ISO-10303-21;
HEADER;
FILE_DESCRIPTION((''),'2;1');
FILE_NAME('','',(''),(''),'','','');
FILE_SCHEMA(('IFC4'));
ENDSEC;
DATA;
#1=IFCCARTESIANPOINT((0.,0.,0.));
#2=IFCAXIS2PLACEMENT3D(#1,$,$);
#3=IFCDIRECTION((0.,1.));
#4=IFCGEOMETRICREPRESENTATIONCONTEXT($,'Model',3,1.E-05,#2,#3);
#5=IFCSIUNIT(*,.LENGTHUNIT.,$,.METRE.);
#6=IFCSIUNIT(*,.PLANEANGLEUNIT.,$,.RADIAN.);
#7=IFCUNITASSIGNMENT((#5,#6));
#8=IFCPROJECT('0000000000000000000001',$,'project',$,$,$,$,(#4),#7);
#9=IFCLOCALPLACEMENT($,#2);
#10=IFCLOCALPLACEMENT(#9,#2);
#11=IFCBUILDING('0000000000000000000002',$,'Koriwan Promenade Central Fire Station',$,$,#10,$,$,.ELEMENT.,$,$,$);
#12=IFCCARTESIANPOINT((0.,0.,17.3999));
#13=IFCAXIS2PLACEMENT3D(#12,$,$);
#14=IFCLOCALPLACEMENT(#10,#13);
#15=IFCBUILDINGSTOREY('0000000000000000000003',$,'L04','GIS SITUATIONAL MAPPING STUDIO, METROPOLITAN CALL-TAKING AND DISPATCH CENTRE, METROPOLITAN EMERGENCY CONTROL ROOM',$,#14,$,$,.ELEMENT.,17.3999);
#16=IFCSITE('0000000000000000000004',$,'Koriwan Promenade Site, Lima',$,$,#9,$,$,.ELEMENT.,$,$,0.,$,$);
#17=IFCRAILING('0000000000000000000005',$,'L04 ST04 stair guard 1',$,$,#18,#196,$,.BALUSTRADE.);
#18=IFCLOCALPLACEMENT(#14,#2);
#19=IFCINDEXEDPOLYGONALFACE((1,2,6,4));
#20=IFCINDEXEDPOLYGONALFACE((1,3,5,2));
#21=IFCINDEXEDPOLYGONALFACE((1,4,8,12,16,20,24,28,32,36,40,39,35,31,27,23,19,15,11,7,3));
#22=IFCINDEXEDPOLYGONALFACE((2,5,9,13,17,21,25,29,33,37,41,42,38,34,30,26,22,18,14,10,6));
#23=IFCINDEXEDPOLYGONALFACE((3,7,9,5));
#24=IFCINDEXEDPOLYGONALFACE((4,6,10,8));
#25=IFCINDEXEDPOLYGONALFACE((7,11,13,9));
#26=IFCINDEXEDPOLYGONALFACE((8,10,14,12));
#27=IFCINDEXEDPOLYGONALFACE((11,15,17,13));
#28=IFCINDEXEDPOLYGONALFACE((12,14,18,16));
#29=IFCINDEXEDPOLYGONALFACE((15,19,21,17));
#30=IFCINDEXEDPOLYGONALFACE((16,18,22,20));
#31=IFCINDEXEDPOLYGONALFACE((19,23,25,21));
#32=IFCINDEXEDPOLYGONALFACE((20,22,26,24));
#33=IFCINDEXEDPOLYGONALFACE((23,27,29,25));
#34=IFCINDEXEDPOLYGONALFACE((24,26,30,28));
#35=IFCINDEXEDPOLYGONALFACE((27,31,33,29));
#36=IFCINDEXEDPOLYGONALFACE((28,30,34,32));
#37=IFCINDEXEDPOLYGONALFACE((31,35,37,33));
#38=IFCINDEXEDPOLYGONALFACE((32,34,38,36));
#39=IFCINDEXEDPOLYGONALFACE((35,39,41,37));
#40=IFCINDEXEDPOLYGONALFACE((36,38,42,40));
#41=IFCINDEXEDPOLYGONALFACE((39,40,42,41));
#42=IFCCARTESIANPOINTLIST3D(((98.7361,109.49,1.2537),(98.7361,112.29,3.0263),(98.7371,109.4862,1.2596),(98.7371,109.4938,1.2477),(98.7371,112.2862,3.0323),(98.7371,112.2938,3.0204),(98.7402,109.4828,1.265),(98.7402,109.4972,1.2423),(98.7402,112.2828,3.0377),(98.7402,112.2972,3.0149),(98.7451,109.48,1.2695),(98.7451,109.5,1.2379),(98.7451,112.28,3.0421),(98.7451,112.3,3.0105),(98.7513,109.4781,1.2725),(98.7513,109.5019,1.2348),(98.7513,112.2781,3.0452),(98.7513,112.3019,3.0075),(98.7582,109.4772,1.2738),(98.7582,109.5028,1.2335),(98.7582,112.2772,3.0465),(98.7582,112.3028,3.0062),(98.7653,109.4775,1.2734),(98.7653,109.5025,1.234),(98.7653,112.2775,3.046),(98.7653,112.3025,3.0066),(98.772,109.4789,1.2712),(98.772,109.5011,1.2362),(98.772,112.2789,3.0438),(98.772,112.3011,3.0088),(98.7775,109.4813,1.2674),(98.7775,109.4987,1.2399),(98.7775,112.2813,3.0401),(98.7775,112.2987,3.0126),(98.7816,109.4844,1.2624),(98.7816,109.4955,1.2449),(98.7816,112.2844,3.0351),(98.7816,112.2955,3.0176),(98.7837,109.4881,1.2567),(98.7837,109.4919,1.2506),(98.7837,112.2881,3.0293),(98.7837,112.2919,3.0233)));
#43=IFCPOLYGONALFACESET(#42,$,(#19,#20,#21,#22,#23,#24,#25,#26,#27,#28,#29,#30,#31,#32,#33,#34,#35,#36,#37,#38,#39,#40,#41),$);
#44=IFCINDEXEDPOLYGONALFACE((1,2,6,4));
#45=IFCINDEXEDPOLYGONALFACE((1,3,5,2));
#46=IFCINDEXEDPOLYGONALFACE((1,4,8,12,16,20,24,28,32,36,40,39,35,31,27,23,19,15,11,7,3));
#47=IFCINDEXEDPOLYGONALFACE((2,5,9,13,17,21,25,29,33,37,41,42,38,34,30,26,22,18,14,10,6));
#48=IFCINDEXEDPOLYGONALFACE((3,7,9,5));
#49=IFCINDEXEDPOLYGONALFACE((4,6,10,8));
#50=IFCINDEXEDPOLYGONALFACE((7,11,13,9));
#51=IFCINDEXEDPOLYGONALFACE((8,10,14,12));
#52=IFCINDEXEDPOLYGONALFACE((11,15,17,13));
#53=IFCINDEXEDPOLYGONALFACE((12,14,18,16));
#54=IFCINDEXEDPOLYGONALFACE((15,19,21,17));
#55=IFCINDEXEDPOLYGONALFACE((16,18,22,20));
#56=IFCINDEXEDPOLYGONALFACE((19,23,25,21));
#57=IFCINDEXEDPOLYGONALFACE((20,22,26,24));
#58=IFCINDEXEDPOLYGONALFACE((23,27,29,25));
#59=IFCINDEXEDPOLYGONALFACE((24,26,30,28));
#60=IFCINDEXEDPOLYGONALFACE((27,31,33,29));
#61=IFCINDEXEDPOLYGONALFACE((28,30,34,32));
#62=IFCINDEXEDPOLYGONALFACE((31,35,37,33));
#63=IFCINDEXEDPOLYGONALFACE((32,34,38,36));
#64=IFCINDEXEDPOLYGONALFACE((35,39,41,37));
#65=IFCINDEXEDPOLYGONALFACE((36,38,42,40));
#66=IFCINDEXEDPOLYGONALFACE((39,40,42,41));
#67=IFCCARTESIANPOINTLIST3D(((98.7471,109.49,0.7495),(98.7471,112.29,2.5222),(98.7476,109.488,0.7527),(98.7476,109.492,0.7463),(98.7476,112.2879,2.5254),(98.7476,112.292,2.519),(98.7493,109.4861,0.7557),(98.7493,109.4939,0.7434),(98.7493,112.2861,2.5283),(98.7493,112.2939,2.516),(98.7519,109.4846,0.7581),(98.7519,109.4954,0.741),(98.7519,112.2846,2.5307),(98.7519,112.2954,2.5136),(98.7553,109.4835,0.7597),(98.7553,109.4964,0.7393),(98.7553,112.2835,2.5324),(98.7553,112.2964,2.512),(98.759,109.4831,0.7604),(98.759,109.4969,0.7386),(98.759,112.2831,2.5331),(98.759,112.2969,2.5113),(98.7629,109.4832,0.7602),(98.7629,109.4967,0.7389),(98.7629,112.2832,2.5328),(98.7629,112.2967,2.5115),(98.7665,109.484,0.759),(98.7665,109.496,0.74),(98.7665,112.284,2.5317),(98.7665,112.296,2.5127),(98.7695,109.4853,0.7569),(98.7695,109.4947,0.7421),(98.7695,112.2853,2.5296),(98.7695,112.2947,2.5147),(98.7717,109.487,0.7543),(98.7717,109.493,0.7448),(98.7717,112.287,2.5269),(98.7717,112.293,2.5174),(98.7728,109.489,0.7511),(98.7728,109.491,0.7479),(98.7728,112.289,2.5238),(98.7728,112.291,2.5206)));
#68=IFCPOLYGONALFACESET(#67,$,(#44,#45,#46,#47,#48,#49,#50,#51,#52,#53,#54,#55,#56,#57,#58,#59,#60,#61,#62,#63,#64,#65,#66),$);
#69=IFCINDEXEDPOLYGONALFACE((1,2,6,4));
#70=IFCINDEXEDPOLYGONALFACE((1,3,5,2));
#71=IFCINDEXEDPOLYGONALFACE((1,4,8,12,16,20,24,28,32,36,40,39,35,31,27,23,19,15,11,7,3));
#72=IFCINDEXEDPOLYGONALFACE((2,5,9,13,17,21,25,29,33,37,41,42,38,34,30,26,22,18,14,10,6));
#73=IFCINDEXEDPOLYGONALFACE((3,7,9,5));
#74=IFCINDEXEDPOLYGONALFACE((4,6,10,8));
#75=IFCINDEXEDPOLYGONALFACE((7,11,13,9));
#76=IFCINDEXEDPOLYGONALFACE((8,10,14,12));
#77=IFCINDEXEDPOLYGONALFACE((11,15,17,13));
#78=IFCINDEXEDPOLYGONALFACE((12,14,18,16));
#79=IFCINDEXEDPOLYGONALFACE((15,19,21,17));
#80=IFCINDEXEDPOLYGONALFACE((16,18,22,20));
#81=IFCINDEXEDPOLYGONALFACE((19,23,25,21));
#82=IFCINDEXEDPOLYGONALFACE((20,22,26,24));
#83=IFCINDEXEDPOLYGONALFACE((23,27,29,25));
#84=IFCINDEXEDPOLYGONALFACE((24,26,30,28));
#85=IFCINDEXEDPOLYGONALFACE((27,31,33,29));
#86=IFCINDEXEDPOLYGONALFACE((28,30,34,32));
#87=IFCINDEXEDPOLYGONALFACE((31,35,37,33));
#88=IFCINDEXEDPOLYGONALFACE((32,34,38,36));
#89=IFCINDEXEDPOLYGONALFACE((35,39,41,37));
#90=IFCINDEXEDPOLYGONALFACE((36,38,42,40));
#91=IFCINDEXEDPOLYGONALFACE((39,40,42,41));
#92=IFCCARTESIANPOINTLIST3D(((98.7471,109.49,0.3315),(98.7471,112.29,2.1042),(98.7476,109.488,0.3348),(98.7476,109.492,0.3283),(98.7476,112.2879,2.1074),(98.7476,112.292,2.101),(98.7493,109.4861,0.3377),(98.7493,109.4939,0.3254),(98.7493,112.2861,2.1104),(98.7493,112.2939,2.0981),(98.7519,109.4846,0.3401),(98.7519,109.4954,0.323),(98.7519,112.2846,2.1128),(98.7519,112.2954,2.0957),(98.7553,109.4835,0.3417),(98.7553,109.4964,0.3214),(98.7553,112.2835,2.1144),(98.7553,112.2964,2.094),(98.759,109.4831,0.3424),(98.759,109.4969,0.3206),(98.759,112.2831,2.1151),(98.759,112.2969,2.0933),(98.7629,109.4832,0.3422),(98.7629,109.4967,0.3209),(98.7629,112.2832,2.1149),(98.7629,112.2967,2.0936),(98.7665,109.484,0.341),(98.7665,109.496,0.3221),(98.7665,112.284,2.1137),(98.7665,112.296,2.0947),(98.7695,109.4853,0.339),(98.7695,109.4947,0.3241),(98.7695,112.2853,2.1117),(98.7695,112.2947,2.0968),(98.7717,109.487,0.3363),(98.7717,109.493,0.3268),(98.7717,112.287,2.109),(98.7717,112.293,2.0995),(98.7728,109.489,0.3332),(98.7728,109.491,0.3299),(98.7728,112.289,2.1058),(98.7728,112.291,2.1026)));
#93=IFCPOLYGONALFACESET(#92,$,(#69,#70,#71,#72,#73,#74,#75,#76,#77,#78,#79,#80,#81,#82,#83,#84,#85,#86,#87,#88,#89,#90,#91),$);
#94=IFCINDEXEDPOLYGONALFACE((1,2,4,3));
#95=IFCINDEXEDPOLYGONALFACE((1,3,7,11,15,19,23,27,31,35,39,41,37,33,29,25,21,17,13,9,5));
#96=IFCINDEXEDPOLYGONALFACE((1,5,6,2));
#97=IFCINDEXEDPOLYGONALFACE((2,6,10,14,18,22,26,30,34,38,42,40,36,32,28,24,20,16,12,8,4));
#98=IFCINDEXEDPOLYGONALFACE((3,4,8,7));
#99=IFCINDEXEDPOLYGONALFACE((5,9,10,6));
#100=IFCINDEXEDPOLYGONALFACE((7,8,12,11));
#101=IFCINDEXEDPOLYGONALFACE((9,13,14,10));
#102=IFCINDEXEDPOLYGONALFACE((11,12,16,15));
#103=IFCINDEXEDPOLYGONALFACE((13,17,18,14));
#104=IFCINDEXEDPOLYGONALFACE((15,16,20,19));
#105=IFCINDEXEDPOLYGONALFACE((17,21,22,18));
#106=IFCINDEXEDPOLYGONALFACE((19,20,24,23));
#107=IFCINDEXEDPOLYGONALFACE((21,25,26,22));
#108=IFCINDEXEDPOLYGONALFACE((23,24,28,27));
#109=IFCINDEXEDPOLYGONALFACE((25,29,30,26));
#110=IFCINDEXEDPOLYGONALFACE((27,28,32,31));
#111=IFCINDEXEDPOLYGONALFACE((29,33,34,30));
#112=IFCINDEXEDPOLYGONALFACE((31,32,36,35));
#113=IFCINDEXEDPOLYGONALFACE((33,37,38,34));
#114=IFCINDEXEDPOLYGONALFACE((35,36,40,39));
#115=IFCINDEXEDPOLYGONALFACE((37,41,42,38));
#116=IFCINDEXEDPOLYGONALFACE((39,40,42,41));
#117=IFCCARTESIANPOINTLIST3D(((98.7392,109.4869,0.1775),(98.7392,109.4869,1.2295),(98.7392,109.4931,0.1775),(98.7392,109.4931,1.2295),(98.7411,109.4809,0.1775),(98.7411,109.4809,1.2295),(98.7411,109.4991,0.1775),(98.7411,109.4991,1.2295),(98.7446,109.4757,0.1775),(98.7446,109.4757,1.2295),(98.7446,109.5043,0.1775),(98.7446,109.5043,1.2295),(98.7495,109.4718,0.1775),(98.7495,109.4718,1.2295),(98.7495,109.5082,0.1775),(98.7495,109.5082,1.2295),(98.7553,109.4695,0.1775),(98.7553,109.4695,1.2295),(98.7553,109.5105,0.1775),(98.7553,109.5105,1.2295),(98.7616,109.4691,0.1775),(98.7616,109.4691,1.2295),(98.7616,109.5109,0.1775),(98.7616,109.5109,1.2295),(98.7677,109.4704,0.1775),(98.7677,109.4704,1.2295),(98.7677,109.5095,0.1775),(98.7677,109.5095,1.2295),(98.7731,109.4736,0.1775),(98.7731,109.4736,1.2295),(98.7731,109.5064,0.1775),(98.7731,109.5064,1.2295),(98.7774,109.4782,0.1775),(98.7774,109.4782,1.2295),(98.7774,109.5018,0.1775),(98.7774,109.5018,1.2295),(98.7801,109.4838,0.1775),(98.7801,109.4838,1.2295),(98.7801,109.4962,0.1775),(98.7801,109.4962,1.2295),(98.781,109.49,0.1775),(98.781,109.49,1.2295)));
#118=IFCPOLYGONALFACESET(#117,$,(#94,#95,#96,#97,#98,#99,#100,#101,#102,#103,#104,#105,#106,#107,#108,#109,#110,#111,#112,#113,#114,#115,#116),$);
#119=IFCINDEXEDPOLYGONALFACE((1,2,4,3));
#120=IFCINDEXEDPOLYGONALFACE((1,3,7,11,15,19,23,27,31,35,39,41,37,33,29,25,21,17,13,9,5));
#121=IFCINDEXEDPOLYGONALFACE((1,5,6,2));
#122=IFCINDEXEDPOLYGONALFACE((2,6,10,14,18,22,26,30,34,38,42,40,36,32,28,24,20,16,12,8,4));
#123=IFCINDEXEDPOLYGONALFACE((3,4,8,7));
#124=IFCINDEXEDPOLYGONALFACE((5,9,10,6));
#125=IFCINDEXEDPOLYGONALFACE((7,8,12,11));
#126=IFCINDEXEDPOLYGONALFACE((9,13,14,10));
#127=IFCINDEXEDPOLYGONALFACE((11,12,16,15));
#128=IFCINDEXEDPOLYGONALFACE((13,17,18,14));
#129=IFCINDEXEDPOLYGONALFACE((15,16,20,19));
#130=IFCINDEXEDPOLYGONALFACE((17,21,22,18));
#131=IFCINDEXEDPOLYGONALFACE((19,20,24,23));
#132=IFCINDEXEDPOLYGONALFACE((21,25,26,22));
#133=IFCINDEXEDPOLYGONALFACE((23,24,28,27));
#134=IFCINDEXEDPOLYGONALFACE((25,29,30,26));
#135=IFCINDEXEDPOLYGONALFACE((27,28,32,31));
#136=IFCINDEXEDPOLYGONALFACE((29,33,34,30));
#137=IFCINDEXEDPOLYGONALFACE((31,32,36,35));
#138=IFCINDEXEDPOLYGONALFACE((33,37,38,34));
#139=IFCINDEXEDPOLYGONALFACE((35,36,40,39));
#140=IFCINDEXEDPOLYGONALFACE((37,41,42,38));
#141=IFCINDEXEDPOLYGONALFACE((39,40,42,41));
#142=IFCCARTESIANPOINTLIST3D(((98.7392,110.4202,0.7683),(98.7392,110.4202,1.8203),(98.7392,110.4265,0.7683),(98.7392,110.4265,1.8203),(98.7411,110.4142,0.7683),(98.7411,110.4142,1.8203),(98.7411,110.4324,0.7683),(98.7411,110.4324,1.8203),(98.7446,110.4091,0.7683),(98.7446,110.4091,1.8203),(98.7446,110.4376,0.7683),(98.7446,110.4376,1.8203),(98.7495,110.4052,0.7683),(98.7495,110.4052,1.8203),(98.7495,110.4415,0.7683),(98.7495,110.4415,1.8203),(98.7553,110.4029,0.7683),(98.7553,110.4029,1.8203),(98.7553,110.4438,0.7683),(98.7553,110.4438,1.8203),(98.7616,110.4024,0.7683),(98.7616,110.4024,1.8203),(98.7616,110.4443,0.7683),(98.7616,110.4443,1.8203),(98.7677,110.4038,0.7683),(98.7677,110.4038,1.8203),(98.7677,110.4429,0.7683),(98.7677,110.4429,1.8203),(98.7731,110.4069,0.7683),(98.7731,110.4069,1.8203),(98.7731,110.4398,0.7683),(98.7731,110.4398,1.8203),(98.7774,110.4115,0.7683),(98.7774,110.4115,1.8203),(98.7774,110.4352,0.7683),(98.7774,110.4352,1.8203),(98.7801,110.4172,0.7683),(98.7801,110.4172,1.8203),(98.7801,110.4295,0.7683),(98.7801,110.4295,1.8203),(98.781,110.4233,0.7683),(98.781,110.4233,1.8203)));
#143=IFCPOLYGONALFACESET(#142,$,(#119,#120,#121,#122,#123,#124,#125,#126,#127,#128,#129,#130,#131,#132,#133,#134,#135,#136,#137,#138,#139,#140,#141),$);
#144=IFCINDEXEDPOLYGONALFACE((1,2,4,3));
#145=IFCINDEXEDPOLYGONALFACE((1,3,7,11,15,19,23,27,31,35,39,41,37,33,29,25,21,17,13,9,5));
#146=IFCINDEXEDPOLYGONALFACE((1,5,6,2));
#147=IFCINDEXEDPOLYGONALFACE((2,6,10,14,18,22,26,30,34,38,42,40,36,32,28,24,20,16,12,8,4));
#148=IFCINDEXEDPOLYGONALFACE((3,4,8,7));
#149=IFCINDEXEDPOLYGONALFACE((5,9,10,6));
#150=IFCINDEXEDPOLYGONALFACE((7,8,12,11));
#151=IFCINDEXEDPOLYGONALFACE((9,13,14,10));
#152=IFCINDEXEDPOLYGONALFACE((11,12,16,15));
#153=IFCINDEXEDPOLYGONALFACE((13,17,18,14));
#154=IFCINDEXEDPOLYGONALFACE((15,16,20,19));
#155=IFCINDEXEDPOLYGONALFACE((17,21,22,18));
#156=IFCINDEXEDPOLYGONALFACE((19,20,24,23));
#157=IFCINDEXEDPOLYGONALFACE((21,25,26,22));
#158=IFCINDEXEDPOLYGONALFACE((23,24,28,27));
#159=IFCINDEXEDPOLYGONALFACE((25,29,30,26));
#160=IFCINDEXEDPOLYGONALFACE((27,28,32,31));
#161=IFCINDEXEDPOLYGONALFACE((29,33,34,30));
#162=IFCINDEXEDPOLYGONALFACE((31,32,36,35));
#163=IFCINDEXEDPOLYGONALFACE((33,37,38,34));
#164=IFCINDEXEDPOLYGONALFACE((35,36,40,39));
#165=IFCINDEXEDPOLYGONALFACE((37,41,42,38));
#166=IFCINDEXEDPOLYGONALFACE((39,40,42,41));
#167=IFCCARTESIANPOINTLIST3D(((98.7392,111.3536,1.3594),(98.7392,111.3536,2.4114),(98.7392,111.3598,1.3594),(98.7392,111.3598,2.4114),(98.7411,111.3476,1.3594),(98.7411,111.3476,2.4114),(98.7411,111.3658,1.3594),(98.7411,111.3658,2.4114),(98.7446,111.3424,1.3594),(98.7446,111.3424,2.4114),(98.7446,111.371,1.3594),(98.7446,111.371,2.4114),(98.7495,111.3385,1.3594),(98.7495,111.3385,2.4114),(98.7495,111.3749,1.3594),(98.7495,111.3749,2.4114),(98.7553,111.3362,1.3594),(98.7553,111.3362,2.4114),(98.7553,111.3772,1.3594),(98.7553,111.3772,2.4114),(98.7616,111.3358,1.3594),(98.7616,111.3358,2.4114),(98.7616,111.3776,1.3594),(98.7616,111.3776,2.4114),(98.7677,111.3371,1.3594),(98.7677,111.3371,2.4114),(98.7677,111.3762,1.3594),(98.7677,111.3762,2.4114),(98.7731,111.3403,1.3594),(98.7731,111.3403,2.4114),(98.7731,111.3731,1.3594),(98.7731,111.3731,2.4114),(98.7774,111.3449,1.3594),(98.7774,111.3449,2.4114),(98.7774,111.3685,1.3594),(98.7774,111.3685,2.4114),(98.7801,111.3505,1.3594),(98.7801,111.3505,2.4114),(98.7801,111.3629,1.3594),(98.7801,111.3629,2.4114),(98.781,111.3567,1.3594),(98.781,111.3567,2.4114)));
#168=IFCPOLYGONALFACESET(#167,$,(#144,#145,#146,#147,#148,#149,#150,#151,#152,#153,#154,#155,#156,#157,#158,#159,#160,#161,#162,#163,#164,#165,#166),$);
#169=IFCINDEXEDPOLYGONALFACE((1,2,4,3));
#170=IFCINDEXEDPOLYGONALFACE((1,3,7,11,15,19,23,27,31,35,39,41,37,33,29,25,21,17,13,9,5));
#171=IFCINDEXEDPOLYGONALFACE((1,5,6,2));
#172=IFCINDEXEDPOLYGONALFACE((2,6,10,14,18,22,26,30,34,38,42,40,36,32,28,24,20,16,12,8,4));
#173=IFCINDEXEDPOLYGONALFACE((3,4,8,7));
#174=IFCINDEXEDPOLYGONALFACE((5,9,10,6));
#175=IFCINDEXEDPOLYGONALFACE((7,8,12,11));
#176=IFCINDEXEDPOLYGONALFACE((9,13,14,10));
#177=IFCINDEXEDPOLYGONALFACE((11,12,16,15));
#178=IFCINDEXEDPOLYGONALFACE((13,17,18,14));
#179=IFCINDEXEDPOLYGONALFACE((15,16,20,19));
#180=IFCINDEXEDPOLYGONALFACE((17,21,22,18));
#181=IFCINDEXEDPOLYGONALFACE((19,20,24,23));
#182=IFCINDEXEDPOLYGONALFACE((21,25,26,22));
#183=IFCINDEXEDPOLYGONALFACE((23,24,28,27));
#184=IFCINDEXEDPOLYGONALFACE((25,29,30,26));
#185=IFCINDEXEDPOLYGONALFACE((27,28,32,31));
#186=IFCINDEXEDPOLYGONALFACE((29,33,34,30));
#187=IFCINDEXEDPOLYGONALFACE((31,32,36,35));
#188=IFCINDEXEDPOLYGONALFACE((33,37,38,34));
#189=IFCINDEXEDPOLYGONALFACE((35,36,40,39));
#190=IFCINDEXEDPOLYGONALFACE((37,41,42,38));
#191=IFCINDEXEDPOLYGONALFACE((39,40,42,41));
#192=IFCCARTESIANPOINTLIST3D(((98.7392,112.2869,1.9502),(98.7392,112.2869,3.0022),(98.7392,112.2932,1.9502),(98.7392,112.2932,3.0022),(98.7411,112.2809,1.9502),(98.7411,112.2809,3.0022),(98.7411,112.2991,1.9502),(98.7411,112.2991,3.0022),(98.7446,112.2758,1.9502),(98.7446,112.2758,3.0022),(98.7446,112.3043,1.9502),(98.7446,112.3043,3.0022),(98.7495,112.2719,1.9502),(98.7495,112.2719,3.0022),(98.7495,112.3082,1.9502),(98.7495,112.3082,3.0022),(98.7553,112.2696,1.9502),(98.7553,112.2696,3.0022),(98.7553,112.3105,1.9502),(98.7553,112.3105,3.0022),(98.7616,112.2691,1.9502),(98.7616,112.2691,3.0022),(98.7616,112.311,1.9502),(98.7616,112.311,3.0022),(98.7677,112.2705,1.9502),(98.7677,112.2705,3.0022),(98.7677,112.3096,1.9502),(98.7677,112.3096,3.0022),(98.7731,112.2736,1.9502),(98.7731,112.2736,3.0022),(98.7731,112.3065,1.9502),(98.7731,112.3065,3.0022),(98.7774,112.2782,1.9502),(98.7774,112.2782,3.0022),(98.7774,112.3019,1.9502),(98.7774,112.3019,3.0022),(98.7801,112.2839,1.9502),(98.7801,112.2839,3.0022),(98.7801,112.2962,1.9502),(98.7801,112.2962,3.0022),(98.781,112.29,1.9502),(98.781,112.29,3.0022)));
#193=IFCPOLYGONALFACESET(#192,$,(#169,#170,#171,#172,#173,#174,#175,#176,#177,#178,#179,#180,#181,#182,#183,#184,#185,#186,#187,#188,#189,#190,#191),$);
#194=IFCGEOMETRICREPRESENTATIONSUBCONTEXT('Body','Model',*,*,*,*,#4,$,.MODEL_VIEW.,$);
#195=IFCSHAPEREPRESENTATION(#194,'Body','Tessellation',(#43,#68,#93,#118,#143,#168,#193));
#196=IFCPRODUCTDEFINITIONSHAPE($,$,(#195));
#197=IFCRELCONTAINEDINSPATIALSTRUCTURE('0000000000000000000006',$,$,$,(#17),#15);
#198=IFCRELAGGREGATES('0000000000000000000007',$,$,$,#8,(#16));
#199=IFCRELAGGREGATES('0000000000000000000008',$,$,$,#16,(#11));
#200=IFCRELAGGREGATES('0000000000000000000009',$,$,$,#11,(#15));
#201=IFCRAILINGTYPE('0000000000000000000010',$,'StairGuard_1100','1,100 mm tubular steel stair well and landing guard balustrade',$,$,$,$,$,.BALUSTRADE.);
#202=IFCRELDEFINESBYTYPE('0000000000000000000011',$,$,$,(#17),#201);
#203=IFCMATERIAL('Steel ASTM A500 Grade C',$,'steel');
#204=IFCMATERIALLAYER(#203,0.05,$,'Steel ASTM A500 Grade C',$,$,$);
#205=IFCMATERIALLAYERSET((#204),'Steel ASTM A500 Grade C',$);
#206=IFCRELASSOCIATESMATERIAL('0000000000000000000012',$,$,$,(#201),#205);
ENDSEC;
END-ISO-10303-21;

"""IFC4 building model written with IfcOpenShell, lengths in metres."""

from ifc_helpers import new_model, si_unit, direction, frame, origin, origin_2d, place, context, subcontext, project, spatial, circle, extrude, material, layer, layer_set, type_object, element, save


model = new_model("IFC4")

# Units and contexts
model_context = context("Model", 3, precision=1e-05, world=origin(), true_north=direction((0.0, 1.0)))
body_context = subcontext(model_context, "Body", "Model", "MODEL_VIEW")
ifc_project = project(units=[si_unit("LENGTHUNIT", "METRE"), si_unit("PLANEANGLEUNIT", "RADIAN")], contexts=[model_context])

# Site, building, storey
site_placement = place(None, origin())
site = spatial("IfcSite", under=ifc_project, at=site_placement, Name="Koriwan Promenade Site, Lima", CompositionType="ELEMENT", RefElevation=0.0)
building_placement = place(site_placement, origin())
building = spatial("IfcBuilding", under=site, at=building_placement, Name="Koriwan Promenade Central Fire Station", CompositionType="ELEMENT")
storey_placement = place(building_placement, frame((0.0, 0.0, 17.3999)))
storey = spatial("IfcBuildingStorey", under=building, at=storey_placement, Name="L04", Description="GIS SITUATIONAL MAPPING STUDIO, METROPOLITAN CALL-TAKING AND DISPATCH CENTRE, METROPOLITAN EMERGENCY CONTROL ROOM", CompositionType="ELEMENT", Elevation=17.3999)

# Railing
ifc_material_1 = material(Name="Steel ASTM A500 Grade C", Category="steel")
ifc_layer_1 = layer(ifc_material_1, 0.05, Name="Steel ASTM A500 Grade C")
ifc_layer_set_1 = layer_set([ifc_layer_1], Name="Steel ASTM A500 Grade C")
railing_type_1 = type_object("IfcRailingType", Name="StairGuard_1100", Description="1,100 mm tubular steel stair well and landing guard balustrade", PredefinedType="BALUSTRADE", material=ifc_layer_set_1)
railing_1_placement = place(storey_placement, frame((98.76, 109.49, 0.1775)))
element("IfcRailing", 1, at=railing_1_placement, inside=storey, type_object=railing_type_1, Name="L04 ST04 stair guard 1", PredefinedType="BALUSTRADE", context=body_context, shape_type="SweptSolid", body=[
    extrude(circle(Radius=0.0239, at=origin_2d()), frame((0.0, 0.0, 1.0762), z_axis=(0.0, 0.844909, 0.53491), x_axis=(-1.0, 0.0, 0.0)), (0.0, 0.0, 1.0), 3.314),
    extrude(circle(Radius=0.0129, at=origin_2d()), frame((0.0, 0.0, 0.572), z_axis=(0.0, 0.844909, 0.53491), x_axis=(-1.0, 0.0, 0.0)), (0.0, 0.0, 1.0), 3.314),
    extrude(circle(Radius=0.0129, at=origin_2d()), frame((0.0, 0.0, 0.1541), z_axis=(0.0, 0.844909, 0.53491), x_axis=(-1.0, 0.0, 0.0)), (0.0, 0.0, 1.0), 3.314),
    extrude(circle(Radius=0.021, at=origin_2d()), origin(), (0.0, 0.0, 1.0), 1.052),
    extrude(circle(Radius=0.021, at=origin_2d()), frame((0.0, 0.9333, 0.5908)), (0.0, 0.0, 1.0), 1.052),
    extrude(circle(Radius=0.021, at=origin_2d()), frame((0.0, 1.8667, 1.1819)), (0.0, 0.0, 1.0), 1.052),
    extrude(circle(Radius=0.021, at=origin_2d()), frame((0.0, 2.8, 1.7727)), (0.0, 0.0, 1.0), 1.052),
])

save(model, "model.ifc")
